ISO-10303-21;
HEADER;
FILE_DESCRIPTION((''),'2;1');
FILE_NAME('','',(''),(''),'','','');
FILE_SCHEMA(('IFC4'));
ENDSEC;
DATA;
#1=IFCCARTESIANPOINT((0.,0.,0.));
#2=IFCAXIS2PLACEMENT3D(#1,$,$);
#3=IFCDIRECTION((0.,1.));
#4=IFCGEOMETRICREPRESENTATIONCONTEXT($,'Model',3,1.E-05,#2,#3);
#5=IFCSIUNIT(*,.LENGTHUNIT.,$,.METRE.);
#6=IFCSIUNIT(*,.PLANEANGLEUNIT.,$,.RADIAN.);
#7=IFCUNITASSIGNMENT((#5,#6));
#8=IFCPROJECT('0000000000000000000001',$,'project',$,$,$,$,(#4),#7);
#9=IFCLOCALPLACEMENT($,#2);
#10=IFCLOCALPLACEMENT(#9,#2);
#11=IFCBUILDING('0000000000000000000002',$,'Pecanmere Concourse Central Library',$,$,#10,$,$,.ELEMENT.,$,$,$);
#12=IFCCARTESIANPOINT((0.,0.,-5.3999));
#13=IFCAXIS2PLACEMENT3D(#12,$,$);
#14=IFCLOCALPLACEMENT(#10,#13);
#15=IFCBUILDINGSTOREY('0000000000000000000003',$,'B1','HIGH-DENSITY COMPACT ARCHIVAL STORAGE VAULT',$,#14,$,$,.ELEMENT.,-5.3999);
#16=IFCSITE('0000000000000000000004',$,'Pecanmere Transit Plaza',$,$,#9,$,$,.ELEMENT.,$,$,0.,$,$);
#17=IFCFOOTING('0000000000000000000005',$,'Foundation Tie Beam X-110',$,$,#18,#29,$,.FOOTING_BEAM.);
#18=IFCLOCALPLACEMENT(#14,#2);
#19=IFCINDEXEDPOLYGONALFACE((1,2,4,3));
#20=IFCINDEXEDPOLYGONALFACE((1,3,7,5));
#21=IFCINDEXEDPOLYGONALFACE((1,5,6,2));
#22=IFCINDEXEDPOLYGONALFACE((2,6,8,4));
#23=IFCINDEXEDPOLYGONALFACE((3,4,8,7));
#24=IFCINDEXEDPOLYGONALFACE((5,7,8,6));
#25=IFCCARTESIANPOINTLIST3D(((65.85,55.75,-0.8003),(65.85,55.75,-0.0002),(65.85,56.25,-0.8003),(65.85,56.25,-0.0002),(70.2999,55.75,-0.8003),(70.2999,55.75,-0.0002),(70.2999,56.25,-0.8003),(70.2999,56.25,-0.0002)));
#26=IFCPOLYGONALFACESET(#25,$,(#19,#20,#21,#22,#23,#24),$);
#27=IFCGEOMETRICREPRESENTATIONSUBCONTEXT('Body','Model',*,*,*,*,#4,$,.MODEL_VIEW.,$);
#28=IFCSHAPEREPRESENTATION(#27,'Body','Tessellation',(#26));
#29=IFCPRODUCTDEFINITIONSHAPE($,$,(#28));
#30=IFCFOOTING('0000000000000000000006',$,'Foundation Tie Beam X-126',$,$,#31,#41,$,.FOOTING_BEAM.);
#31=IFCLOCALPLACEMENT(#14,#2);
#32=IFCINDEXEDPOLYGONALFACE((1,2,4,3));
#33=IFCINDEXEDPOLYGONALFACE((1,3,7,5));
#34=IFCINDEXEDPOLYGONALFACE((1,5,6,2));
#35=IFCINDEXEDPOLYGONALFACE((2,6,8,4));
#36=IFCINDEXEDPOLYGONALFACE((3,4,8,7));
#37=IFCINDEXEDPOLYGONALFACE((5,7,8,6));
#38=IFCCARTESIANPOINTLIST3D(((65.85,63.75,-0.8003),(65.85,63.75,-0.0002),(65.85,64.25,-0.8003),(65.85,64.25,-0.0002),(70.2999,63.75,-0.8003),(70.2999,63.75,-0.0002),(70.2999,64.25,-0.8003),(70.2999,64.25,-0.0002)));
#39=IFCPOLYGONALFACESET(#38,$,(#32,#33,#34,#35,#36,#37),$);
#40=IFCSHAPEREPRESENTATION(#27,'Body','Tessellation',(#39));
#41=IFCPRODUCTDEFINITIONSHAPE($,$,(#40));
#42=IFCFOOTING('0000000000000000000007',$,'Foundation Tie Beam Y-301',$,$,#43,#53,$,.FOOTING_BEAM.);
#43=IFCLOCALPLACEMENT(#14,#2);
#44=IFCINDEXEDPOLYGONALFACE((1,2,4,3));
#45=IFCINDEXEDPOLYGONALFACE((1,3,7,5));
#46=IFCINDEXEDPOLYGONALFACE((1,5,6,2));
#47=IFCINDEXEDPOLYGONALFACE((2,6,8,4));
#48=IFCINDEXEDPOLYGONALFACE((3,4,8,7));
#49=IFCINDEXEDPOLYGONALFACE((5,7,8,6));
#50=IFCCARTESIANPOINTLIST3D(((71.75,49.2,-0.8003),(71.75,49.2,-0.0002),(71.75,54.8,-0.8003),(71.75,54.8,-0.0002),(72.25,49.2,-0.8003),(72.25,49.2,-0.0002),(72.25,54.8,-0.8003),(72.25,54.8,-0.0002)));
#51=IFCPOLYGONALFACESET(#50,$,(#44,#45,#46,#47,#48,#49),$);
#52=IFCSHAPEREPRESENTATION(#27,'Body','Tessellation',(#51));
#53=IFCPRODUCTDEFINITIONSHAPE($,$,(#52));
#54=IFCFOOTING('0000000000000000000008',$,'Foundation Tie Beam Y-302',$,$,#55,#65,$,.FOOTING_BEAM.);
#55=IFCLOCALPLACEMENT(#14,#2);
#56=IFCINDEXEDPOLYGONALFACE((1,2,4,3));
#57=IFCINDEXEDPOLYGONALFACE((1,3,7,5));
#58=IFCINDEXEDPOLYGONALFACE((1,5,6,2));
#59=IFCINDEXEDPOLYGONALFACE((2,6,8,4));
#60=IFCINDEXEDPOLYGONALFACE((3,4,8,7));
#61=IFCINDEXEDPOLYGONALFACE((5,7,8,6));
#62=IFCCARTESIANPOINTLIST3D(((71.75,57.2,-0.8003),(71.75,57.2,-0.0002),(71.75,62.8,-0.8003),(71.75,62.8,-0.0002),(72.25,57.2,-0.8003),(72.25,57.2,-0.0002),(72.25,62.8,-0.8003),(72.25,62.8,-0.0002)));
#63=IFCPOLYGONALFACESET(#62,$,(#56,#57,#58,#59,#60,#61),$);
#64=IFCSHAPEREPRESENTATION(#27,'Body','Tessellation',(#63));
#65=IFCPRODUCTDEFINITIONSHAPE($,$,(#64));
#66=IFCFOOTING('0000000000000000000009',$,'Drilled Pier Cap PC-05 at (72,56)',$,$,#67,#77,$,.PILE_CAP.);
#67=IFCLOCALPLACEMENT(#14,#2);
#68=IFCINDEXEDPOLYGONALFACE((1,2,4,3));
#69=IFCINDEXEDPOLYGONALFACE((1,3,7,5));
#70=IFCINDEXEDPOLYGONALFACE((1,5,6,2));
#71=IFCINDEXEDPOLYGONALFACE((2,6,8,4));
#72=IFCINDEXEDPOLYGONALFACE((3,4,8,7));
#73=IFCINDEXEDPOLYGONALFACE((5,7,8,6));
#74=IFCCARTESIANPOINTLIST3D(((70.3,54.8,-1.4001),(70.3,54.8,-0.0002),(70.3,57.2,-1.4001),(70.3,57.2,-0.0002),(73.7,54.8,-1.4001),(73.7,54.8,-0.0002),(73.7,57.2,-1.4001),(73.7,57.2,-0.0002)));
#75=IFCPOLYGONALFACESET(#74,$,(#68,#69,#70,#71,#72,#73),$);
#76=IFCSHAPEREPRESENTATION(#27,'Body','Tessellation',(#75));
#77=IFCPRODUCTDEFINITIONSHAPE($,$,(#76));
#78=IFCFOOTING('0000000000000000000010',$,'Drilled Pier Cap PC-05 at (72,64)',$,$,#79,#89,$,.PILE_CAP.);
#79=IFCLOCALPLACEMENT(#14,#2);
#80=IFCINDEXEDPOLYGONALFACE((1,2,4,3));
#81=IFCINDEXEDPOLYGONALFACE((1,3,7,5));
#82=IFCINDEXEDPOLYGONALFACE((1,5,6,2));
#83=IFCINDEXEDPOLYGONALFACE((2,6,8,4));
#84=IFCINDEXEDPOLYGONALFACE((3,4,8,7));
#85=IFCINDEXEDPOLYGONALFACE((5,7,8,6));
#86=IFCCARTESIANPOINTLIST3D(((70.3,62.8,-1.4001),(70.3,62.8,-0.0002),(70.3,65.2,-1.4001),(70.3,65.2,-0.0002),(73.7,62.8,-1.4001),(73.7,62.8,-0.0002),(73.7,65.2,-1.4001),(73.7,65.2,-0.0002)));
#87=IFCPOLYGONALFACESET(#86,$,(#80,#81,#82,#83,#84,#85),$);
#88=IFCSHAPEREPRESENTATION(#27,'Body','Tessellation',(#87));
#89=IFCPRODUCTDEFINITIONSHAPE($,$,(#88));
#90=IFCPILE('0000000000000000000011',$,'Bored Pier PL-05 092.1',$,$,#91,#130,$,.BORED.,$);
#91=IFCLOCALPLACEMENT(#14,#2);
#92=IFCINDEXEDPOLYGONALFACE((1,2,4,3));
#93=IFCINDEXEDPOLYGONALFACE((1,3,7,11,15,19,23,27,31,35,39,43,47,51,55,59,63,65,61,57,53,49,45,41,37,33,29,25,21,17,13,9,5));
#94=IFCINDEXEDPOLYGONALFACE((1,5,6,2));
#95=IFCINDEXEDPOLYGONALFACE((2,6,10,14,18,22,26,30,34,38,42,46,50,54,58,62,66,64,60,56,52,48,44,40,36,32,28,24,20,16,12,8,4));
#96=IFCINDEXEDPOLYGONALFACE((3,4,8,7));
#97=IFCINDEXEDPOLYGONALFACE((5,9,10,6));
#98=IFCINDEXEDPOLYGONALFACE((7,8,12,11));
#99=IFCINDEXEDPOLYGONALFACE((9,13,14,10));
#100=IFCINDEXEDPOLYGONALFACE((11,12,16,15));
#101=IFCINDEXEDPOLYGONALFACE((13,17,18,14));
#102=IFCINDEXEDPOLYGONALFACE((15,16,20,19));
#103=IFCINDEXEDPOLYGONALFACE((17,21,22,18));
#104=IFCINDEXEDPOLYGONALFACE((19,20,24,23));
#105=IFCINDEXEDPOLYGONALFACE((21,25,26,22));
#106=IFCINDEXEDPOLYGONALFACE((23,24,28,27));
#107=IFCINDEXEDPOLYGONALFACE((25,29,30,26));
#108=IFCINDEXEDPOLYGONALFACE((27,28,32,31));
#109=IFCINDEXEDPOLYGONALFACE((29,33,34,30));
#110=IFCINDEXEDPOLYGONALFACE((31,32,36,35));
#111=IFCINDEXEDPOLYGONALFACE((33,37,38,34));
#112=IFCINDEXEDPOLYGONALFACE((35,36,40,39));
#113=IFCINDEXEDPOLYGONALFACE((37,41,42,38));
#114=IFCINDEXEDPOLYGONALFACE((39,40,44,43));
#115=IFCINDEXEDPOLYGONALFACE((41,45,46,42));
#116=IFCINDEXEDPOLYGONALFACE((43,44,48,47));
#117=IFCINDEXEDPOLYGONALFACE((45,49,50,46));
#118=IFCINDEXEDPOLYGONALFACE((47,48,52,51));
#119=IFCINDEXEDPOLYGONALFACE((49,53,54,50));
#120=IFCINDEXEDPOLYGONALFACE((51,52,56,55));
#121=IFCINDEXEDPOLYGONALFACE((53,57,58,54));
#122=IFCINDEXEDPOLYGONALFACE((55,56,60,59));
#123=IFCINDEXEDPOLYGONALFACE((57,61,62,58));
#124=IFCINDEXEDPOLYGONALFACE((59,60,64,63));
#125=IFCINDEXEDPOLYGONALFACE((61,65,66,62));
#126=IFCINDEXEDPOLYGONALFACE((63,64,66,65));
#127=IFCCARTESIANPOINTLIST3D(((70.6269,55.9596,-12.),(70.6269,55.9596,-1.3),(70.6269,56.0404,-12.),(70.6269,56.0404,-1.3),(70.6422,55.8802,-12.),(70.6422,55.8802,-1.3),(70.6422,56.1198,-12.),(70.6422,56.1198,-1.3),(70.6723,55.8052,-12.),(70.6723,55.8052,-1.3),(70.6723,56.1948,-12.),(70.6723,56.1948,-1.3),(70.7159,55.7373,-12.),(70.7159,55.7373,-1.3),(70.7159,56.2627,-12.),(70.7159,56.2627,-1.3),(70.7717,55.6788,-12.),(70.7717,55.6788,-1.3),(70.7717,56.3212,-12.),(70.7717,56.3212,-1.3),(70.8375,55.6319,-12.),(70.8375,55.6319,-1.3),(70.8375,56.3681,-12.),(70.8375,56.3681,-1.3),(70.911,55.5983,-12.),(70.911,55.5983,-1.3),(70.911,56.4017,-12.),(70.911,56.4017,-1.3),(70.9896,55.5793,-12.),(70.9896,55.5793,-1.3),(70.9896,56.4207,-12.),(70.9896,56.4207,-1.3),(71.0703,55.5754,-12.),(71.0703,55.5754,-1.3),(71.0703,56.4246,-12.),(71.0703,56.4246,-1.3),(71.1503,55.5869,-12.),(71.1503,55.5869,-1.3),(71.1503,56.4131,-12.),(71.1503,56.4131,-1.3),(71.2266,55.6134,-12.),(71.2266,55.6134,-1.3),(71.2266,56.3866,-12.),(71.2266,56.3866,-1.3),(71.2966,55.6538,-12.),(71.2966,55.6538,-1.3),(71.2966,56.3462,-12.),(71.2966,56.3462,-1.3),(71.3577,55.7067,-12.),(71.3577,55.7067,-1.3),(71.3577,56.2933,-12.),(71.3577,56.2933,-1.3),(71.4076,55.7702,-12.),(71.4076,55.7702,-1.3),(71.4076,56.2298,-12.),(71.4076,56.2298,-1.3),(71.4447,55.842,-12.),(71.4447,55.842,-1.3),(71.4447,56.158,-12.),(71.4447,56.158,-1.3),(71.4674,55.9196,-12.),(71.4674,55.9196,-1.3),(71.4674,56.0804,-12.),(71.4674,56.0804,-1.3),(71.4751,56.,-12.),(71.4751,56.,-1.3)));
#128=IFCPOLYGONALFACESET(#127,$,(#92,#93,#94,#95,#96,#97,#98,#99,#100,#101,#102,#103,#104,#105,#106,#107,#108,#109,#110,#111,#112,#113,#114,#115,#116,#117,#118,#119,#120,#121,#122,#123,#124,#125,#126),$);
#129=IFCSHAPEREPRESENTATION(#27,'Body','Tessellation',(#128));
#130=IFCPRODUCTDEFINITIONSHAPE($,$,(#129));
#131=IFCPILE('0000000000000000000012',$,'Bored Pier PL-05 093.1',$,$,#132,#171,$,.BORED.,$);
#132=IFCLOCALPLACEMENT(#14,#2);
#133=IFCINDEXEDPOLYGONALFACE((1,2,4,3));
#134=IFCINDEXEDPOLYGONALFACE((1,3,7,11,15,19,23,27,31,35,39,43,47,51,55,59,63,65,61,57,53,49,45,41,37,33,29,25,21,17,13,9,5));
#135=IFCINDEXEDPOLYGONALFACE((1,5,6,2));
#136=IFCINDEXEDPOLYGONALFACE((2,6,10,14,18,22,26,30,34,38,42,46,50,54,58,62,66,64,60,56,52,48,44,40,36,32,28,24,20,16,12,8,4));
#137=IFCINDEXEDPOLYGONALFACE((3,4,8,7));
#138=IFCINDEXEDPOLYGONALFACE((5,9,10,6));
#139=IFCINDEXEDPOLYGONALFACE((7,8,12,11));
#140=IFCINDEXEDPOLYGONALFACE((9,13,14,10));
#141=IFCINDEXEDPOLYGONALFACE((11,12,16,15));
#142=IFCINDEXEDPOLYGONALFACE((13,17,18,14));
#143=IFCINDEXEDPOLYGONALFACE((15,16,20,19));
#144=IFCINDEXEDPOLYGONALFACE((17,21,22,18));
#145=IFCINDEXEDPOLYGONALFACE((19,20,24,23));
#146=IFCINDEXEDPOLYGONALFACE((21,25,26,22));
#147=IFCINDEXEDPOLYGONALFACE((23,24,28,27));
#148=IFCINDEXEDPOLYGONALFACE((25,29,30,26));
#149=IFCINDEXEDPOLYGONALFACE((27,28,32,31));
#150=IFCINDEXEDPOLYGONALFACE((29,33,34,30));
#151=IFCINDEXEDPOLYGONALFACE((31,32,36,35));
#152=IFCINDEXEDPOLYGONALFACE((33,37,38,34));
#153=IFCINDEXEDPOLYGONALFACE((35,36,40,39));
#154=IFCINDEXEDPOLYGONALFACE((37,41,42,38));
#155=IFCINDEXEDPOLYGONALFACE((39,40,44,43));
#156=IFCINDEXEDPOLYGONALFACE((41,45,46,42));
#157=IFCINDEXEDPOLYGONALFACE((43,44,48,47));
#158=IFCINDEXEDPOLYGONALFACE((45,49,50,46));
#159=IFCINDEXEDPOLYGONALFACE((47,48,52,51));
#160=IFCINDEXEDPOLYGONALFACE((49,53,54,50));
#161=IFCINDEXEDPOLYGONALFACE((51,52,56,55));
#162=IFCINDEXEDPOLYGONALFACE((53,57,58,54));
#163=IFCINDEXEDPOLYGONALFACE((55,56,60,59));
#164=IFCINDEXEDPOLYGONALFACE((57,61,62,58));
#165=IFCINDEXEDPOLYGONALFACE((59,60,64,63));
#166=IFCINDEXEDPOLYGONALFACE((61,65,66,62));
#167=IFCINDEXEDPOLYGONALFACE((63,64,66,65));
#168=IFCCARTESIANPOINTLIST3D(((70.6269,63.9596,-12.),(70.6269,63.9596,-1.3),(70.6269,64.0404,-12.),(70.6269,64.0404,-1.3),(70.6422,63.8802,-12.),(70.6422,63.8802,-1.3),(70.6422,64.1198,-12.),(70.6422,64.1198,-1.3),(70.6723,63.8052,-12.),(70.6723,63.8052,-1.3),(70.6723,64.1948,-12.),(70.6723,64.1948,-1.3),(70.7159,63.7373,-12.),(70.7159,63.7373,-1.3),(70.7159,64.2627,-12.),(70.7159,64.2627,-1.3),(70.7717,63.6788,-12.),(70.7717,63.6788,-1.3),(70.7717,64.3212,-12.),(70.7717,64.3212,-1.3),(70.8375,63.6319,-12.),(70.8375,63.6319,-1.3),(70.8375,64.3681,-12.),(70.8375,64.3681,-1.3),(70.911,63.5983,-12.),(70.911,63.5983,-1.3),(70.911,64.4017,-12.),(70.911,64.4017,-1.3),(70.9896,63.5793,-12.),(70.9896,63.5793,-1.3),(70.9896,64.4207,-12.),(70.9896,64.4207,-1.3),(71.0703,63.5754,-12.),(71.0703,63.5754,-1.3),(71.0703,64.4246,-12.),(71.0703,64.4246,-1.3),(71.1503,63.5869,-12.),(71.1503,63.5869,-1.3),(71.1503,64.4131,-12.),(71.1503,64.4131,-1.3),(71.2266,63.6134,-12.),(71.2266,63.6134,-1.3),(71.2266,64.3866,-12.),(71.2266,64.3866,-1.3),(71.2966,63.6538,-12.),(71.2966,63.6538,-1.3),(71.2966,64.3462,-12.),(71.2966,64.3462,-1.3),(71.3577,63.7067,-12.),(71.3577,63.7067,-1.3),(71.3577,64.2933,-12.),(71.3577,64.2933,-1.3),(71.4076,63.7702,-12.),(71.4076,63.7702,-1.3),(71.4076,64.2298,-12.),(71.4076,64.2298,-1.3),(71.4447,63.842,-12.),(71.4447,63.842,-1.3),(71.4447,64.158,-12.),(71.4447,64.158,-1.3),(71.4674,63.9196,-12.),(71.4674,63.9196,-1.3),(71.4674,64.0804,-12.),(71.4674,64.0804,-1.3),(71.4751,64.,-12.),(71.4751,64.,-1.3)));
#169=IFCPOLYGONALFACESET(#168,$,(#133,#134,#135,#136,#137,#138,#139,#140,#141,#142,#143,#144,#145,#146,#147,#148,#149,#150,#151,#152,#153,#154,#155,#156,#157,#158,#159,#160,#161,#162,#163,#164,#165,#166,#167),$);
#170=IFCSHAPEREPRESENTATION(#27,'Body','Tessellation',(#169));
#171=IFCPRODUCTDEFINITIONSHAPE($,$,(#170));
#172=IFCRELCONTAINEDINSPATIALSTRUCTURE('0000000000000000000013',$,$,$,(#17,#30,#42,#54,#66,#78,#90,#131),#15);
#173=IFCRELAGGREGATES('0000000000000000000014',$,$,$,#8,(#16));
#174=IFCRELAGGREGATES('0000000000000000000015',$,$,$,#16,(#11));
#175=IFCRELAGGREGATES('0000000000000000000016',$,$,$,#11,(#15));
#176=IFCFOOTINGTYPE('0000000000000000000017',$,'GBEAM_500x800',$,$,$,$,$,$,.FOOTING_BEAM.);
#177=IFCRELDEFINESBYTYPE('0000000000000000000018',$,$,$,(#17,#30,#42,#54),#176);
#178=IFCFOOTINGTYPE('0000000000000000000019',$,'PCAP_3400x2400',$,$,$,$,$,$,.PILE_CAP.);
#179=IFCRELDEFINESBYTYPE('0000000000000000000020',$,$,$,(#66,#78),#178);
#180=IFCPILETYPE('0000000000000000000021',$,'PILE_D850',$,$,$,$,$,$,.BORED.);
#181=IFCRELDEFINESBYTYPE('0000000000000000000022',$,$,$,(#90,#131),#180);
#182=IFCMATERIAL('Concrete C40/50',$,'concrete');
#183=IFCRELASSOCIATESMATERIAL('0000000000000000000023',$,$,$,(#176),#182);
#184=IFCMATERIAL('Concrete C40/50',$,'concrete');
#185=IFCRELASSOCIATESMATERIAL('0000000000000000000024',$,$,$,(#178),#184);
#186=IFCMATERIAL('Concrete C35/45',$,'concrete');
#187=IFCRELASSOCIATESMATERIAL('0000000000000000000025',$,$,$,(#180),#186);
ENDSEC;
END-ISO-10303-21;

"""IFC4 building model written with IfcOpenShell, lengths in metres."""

from ifc_helpers import new_model, si_unit, direction, frame, origin, origin_2d, place, context, subcontext, project, spatial, rectangle, circle, extrude, material, material_profile, profile_set, type_object, element, save


model = new_model("IFC4")

# Units and contexts
model_context = context("Model", 3, precision=1e-05, world=origin(), true_north=direction((0.0, 1.0)))
body_context = subcontext(model_context, "Body", "Model", "MODEL_VIEW")
ifc_project = project(units=[si_unit("LENGTHUNIT", "METRE"), si_unit("PLANEANGLEUNIT", "RADIAN")], contexts=[model_context])

# Site, building, storey
site_placement = place(None, origin())
site = spatial("IfcSite", under=ifc_project, at=site_placement, Name="Pecanmere Transit Plaza", CompositionType="ELEMENT", RefElevation=0.0)
building_placement = place(site_placement, origin())
building = spatial("IfcBuilding", under=site, at=building_placement, Name="Pecanmere Concourse Central Library", CompositionType="ELEMENT")
storey_placement = place(building_placement, frame((0.0, 0.0, -5.3999)))
storey = spatial("IfcBuildingStorey", under=building, at=storey_placement, Name="B1", Description="HIGH-DENSITY COMPACT ARCHIVAL STORAGE VAULT", CompositionType="ELEMENT", Elevation=-5.3999)

# Footings
ifc_material_1 = material(Name="Concrete C40/50", Category="concrete")
ifc_material_profile_1 = material_profile(ifc_material_1, rectangle(XDim=0.5, YDim=0.8, at=origin_2d()), Name="RC 500x800")
ifc_profile_set_1 = profile_set([ifc_material_profile_1], Name="Concrete C40/50")
footing_type_1 = type_object("IfcFootingType", Name="GBEAM_500x800", PredefinedType="FOOTING_BEAM", material=ifc_profile_set_1)
for number, where, z_axis, x_axis, name in (
    (1, (68.075, 56.0, -0.8003), (0.0, 0.0, 1.0), (1.0, 0.0, 0.0), "Foundation Tie Beam X-110"),
    (2, (68.075, 64.0, -0.8003), (0.0, 0.0, 1.0), (1.0, 0.0, 0.0), "Foundation Tie Beam X-126"),
):
    element("IfcFooting", number, at=place(storey_placement, frame(where, z_axis=z_axis, x_axis=x_axis)), inside=storey, type_object=footing_type_1, Name=name, PredefinedType="FOOTING_BEAM", context=body_context, shape_type="SweptSolid", body=[
        extrude(rectangle(XDim=4.45, YDim=0.5, at=origin_2d()), origin(), (0.0, 0.0, 1.0), 0.8),
    ])
for number, where, z_axis, x_axis, name in (
    (3, (72.0, 52.0, -0.8003), (0.0, 0.0, 1.0), (0.0, 1.0, 0.0), "Foundation Tie Beam Y-301"),
    (4, (72.0, 60.0, -0.8003), (0.0, 0.0, 1.0), (0.0, 1.0, 0.0), "Foundation Tie Beam Y-302"),
):
    element("IfcFooting", number, at=place(storey_placement, frame(where, z_axis=z_axis, x_axis=x_axis)), inside=storey, type_object=footing_type_1, Name=name, PredefinedType="FOOTING_BEAM", context=body_context, shape_type="SweptSolid", body=[
        extrude(rectangle(XDim=5.6001, YDim=0.5, at=origin_2d()), origin(), (0.0, 0.0, 1.0), 0.8),
    ])
ifc_material_2 = material(Name="Concrete C40/50", Category="concrete")
footing_type_2 = type_object("IfcFootingType", Name="PCAP_3400x2400", PredefinedType="PILE_CAP", material=ifc_material_2)
for number, where, z_axis, x_axis, name in (
    (5, (72.0, 56.0, -1.4001), (0.0, 0.0, 1.0), (1.0, 0.0, 0.0), "Drilled Pier Cap PC-05 at (72,56)"),
    (6, (72.0, 64.0, -1.4001), (0.0, 0.0, 1.0), (1.0, 0.0, 0.0), "Drilled Pier Cap PC-05 at (72,64)"),
):
    element("IfcFooting", number, at=place(storey_placement, frame(where, z_axis=z_axis, x_axis=x_axis)), inside=storey, type_object=footing_type_2, Name=name, PredefinedType="PILE_CAP", context=body_context, shape_type="SweptSolid", body=[
        extrude(rectangle(XDim=3.3999, YDim=2.3999, at=origin_2d()), origin(), (0.0, 0.0, 1.0), 1.3999),
    ])

# Piles
ifc_material_3 = material(Name="Concrete C35/45", Category="concrete")
ifc_material_profile_2 = material_profile(ifc_material_3, circle(Radius=0.425, at=origin_2d()), Name="PIER D850")
ifc_profile_set_2 = profile_set([ifc_material_profile_2], Name="Concrete C35/45")
pile_type_1 = type_object("IfcPileType", Name="PILE_D850", PredefinedType="BORED", material=ifc_profile_set_2)
for number, where, z_axis, x_axis, name in (
    (7, (71.05, 56.0, -1.3), (0.0, 0.0, -1.0), (1.0, 0.0, 0.0), "Bored Pier PL-05 092.1"),
    (8, (71.05, 64.0, -1.3), (0.0, 0.0, -1.0), (1.0, 0.0, 0.0), "Bored Pier PL-05 093.1"),
):
    element("IfcPile", number, at=place(storey_placement, frame(where, z_axis=z_axis, x_axis=x_axis)), inside=storey, type_object=pile_type_1, Name=name, PredefinedType="BORED", context=body_context, shape_type="SweptSolid", body=[
        extrude(circle(Radius=0.425, at=origin_2d()), origin(), (0.0, 0.0, 1.0), 10.7),
    ])

save(model, "model.ifc")
